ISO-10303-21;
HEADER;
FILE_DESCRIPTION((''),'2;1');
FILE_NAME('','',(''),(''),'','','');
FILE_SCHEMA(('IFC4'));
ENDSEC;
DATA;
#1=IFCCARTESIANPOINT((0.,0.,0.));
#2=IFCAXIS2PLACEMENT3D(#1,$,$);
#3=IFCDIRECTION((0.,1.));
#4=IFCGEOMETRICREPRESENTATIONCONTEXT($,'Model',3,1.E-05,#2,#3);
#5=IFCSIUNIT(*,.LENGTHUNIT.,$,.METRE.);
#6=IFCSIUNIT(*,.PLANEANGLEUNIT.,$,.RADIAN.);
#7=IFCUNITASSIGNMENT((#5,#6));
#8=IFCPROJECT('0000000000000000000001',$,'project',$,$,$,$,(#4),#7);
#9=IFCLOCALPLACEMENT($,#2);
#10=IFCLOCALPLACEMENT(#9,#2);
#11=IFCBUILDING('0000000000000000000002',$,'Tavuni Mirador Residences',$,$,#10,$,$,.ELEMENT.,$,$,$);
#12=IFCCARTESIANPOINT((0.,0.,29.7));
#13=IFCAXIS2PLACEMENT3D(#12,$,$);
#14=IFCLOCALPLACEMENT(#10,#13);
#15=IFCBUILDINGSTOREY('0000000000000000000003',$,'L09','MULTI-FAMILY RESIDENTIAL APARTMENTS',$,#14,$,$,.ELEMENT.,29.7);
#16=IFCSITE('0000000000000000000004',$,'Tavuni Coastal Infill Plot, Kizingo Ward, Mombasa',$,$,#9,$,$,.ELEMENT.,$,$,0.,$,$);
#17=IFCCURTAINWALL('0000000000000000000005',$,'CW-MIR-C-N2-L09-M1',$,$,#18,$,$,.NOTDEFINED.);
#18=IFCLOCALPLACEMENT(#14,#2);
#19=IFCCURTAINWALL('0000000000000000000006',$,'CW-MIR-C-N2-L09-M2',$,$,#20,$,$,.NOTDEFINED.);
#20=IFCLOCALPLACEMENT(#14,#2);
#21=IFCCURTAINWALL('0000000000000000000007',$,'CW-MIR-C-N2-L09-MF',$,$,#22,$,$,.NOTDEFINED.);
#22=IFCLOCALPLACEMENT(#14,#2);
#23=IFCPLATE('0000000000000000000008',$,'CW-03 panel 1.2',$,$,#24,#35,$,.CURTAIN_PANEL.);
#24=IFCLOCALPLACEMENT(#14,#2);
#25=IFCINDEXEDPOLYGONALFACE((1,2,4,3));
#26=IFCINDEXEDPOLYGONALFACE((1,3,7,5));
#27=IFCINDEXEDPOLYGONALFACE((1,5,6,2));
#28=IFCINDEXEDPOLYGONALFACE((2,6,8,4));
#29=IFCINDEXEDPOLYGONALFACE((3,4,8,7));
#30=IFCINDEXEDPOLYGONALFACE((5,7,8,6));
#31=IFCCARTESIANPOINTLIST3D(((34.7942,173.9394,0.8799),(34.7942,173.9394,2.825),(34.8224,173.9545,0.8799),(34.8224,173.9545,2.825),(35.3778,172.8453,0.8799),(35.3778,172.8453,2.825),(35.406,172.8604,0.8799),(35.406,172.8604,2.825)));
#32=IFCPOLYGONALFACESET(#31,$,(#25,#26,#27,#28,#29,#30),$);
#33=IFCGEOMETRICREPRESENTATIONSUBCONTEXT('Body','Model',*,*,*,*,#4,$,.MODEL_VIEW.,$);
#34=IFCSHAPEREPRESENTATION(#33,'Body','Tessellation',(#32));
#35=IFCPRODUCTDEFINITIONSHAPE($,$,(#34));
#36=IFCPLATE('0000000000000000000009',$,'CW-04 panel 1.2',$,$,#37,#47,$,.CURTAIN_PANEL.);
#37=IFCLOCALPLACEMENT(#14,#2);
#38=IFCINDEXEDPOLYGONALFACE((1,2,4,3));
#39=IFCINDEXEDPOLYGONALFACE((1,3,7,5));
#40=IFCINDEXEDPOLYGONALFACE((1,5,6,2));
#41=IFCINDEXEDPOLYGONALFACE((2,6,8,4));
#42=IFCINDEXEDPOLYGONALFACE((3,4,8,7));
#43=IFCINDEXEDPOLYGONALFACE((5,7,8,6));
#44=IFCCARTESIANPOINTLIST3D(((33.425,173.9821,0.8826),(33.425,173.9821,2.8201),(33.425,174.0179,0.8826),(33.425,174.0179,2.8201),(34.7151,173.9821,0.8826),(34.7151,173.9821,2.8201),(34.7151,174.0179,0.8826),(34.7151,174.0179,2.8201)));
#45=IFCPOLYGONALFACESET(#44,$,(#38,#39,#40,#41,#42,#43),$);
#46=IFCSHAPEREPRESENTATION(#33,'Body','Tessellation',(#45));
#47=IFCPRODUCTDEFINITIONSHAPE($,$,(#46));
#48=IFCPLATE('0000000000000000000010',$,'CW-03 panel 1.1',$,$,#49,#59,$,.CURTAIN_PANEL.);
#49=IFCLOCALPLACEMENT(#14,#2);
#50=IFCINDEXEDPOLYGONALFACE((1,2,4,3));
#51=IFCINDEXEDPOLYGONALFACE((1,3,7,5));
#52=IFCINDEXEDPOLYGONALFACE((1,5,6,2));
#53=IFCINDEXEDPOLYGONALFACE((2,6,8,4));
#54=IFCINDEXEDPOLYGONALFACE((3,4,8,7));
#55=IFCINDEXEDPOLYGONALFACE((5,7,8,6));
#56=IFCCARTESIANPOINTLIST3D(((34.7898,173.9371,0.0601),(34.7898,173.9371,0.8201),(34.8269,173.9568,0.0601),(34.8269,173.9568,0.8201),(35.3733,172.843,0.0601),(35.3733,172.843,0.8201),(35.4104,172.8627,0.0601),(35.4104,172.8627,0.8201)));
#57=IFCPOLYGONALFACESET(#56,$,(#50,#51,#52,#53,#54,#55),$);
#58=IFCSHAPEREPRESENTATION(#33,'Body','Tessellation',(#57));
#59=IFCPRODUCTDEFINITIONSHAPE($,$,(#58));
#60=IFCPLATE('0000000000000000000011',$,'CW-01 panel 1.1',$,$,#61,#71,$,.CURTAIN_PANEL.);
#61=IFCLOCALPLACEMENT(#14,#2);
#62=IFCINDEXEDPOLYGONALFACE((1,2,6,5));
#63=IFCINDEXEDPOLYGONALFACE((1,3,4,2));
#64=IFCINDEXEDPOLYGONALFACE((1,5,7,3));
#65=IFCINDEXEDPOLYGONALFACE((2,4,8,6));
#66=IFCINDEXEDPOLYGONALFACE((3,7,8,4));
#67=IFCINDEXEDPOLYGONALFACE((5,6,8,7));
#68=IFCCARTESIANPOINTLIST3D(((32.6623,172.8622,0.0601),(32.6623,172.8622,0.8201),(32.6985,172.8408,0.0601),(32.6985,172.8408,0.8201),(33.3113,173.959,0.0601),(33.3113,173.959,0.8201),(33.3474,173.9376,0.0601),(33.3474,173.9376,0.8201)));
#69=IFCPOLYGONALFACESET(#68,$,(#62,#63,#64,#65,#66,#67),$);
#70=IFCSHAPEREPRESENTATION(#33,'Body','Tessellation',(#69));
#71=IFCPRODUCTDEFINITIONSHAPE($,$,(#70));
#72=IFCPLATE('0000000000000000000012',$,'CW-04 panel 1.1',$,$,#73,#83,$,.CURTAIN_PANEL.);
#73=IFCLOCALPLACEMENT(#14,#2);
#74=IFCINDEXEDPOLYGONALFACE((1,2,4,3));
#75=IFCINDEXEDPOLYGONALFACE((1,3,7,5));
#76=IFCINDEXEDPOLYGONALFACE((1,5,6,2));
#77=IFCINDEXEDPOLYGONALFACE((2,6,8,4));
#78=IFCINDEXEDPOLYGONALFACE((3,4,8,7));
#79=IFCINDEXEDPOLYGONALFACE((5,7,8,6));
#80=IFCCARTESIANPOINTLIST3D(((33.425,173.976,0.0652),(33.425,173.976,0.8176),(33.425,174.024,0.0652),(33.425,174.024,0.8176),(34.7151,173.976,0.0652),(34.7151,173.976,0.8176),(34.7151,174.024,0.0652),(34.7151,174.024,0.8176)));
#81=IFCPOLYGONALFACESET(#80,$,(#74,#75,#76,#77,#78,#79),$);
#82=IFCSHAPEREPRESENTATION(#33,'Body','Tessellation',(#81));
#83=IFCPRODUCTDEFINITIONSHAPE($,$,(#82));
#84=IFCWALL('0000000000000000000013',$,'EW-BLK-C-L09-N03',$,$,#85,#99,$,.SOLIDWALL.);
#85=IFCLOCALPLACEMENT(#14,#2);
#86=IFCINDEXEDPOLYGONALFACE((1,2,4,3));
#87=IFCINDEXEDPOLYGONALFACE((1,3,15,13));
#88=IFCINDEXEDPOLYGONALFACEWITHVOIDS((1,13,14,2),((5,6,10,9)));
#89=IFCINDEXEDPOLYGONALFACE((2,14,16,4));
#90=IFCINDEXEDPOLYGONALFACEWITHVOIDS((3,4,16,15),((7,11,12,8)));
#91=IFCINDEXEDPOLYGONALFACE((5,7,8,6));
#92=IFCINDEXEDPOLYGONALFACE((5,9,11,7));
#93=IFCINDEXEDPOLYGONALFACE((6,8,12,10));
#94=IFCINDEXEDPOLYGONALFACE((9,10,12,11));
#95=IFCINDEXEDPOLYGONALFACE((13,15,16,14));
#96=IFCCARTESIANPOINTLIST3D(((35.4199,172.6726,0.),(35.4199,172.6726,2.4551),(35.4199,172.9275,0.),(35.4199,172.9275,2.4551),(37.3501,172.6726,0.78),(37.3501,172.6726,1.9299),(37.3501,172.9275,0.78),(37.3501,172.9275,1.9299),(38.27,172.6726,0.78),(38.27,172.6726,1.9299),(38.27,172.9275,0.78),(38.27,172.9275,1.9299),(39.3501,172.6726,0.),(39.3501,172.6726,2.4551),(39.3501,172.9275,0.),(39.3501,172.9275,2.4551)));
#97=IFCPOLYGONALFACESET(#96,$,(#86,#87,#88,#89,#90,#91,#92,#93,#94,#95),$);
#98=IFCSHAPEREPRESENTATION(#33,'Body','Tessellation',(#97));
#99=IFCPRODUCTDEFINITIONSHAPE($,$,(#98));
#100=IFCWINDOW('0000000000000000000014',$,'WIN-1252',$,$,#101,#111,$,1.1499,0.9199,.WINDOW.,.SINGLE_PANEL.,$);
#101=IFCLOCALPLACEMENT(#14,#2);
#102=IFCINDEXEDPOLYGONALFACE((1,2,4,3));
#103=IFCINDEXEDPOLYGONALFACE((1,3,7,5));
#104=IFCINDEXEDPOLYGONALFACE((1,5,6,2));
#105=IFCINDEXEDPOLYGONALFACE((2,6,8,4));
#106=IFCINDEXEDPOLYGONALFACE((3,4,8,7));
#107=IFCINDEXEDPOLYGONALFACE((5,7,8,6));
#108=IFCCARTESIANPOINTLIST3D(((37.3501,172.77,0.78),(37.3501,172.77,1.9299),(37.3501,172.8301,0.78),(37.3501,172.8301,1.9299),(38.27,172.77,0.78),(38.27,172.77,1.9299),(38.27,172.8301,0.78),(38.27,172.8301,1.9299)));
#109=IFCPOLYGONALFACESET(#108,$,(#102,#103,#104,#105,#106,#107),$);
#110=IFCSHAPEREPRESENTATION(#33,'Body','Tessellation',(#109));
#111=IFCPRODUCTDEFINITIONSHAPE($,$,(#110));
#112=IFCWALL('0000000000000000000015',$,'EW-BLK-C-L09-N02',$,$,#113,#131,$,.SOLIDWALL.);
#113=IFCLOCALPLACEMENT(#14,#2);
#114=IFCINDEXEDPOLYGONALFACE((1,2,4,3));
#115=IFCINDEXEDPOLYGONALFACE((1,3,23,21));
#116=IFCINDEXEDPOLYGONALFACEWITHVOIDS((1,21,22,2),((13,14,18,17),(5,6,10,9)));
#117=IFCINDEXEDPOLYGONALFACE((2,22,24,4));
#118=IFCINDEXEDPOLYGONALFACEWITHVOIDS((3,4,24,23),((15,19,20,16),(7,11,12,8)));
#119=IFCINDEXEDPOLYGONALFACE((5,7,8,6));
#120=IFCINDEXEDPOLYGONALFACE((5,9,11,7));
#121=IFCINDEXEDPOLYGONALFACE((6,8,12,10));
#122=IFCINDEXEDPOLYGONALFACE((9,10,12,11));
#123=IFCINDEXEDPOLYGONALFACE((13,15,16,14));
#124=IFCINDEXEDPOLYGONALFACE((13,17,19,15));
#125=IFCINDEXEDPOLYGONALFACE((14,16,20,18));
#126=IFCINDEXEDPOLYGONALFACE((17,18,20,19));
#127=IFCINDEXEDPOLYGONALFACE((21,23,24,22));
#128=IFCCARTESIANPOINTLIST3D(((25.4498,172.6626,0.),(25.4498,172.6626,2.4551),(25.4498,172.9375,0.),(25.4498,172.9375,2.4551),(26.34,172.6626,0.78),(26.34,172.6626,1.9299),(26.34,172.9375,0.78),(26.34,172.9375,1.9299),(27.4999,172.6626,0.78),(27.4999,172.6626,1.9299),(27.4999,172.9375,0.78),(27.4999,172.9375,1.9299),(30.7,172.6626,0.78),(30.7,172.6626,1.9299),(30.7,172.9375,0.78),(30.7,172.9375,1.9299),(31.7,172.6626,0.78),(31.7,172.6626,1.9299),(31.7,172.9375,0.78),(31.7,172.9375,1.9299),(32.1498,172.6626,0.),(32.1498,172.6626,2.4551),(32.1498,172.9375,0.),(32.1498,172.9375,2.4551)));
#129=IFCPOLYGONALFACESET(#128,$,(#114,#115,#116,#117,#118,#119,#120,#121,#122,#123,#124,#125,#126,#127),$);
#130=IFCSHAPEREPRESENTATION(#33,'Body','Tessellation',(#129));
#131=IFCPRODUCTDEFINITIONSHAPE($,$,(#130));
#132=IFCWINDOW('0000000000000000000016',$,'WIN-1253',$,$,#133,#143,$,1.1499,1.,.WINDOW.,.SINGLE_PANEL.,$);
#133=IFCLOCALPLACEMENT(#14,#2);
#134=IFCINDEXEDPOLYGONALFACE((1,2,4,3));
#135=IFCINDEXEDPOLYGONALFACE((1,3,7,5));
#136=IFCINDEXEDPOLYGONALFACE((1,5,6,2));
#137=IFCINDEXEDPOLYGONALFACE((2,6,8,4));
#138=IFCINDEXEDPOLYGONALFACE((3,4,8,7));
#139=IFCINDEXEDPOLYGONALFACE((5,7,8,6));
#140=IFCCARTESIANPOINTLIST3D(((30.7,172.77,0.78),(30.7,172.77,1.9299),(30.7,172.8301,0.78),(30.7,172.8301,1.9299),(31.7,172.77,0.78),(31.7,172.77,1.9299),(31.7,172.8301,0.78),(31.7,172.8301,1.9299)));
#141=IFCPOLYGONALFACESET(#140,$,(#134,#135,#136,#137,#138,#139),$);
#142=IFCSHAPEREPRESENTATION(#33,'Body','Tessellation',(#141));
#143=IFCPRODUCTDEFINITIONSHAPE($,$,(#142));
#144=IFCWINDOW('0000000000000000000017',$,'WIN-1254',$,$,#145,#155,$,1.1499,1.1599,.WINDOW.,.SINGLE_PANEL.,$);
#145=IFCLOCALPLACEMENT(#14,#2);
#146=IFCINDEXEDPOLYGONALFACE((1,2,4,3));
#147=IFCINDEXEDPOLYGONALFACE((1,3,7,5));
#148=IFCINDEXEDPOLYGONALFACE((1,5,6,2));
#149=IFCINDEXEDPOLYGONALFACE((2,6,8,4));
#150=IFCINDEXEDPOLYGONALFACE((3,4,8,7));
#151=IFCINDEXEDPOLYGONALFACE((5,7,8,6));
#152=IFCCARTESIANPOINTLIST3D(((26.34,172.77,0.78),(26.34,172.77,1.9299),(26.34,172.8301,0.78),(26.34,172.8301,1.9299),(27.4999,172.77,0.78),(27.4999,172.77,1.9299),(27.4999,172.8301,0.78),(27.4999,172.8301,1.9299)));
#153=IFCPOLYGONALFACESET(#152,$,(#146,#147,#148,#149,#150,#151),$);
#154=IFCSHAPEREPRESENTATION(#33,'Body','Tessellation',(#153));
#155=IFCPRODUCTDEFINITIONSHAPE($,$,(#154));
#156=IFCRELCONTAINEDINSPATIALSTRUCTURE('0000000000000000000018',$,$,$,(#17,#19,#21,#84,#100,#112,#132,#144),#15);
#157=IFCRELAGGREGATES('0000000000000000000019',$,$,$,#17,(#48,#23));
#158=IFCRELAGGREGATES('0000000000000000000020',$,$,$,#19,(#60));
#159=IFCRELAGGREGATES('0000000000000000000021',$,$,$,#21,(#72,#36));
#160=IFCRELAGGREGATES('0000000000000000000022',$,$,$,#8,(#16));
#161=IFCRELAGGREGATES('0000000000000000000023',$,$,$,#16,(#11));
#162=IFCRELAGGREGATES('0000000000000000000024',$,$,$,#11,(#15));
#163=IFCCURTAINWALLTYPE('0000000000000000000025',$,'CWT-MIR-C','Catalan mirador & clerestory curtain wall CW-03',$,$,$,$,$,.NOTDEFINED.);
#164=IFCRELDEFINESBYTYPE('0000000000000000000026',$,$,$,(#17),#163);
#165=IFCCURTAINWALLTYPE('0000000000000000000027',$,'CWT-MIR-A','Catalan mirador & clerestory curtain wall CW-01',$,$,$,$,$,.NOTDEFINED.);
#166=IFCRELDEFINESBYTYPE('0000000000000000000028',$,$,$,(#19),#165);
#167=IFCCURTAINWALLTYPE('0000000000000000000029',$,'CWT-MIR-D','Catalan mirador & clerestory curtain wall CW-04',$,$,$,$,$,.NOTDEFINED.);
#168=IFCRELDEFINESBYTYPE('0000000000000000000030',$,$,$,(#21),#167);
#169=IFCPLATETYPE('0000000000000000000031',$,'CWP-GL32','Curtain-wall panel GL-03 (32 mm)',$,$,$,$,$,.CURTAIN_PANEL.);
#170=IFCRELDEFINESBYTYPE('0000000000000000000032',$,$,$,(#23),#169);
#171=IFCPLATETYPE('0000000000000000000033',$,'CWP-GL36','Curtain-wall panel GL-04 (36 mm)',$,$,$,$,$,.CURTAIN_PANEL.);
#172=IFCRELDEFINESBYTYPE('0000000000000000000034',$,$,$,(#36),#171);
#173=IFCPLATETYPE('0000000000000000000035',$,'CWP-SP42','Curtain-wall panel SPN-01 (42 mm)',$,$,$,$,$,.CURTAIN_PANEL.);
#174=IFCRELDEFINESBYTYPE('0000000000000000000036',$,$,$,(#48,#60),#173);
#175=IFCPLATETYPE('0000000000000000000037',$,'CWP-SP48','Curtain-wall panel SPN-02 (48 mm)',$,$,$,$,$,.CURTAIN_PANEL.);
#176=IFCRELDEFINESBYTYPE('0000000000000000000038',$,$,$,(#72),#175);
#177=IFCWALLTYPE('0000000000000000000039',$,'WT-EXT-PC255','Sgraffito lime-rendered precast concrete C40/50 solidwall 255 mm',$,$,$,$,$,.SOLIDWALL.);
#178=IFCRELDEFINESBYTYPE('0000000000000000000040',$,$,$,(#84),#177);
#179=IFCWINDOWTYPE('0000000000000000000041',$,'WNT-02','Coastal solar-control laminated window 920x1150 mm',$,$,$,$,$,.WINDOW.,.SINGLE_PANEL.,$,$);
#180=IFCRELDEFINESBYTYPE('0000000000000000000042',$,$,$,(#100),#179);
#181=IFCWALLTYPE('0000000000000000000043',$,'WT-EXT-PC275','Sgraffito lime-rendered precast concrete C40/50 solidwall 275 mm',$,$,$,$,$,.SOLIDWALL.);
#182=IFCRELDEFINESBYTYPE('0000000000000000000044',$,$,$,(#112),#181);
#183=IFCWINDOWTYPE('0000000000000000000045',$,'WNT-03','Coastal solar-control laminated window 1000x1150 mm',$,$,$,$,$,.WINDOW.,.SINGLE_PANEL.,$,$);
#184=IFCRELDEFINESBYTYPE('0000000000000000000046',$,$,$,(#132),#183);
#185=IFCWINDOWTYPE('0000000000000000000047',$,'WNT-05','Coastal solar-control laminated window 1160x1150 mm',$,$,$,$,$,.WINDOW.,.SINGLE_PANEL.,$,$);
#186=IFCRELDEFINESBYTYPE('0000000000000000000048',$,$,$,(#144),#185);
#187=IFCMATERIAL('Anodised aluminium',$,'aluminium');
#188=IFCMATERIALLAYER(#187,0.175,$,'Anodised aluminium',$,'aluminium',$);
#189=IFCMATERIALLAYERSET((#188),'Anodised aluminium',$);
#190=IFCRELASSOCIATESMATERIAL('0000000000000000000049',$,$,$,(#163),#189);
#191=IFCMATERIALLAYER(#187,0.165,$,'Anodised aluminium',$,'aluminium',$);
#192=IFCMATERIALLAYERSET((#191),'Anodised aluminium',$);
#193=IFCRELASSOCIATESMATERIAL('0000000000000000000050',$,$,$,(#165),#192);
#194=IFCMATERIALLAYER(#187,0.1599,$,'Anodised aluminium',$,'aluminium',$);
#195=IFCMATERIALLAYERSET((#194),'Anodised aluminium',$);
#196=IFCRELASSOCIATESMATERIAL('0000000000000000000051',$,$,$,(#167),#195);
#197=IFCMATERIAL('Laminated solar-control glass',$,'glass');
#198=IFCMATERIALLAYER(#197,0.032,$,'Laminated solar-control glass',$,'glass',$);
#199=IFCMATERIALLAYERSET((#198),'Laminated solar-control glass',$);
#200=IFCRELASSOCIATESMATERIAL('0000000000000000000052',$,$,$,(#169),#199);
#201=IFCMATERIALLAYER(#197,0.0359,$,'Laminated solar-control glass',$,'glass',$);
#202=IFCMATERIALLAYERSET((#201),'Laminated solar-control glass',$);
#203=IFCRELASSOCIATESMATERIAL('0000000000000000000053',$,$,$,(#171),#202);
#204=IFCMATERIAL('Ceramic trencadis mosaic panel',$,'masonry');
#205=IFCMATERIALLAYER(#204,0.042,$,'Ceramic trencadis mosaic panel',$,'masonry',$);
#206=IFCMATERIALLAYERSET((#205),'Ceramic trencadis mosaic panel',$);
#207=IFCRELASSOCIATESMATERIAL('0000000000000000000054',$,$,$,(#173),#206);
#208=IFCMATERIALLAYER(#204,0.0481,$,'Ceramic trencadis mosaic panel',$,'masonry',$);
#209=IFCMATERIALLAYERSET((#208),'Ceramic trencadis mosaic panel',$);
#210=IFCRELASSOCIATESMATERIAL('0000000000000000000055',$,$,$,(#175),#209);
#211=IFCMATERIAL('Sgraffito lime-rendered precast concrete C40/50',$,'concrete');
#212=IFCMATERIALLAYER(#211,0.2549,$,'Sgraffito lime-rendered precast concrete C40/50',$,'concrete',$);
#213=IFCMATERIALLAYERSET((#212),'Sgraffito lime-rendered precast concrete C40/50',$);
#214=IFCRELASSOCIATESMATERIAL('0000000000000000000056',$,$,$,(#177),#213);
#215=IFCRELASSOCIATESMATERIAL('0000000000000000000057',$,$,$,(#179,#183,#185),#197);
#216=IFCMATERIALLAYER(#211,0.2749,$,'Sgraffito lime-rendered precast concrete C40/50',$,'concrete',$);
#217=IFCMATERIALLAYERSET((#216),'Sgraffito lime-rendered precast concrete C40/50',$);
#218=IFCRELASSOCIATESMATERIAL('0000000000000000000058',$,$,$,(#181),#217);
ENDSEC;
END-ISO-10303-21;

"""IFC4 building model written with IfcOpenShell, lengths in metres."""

from ifc_helpers import new_model, si_unit, direction, frame, frame_2d, origin, origin_2d, place, context, subcontext, project, spatial, rectangle, extrude, material, layer, layer_set, type_object, element, fill, aggregate, save


model = new_model("IFC4")

# Units and contexts
model_context = context("Model", 3, precision=1e-05, world=origin(), true_north=direction((0.0, 1.0)))
body_context = subcontext(model_context, "Body", "Model", "MODEL_VIEW")
ifc_project = project(units=[si_unit("LENGTHUNIT", "METRE"), si_unit("PLANEANGLEUNIT", "RADIAN")], contexts=[model_context])

# Site, building, storey
site_placement = place(None, origin())
site = spatial("IfcSite", under=ifc_project, at=site_placement, Name="Tavuni Coastal Infill Plot, Kizingo Ward, Mombasa", CompositionType="ELEMENT", RefElevation=0.0)
building_placement = place(site_placement, origin())
building = spatial("IfcBuilding", under=site, at=building_placement, Name="Tavuni Mirador Residences", CompositionType="ELEMENT")
storey_placement = place(building_placement, frame((0.0, 0.0, 29.7)))
storey = spatial("IfcBuildingStorey", under=building, at=storey_placement, Name="L09", Description="MULTI-FAMILY RESIDENTIAL APARTMENTS", CompositionType="ELEMENT", Elevation=29.7)

# Curtain walls
ifc_material_1 = material(Name="Anodised aluminium", Category="aluminium")
ifc_layer_1 = layer(ifc_material_1, 0.175, Name="Anodised aluminium", Category="aluminium")
ifc_layer_set_1 = layer_set([ifc_layer_1], Name="Anodised aluminium")
curtain_wall_type_1 = type_object("IfcCurtainWallType", Name="CWT-MIR-C", Description="Catalan mirador & clerestory curtain wall CW-03", PredefinedType="NOTDEFINED", material=ifc_layer_set_1)
curtain_wall_1_placement = place(storey_placement, origin())
curtain_wall_1 = element("IfcCurtainWall", 1, at=curtain_wall_1_placement, inside=storey, type_object=curtain_wall_type_1, Name="CW-MIR-C-N2-L09-M1", PredefinedType="NOTDEFINED")
ifc_layer_2 = layer(ifc_material_1, 0.165, Name="Anodised aluminium", Category="aluminium")
ifc_layer_set_2 = layer_set([ifc_layer_2], Name="Anodised aluminium")
curtain_wall_type_2 = type_object("IfcCurtainWallType", Name="CWT-MIR-A", Description="Catalan mirador & clerestory curtain wall CW-01", PredefinedType="NOTDEFINED", material=ifc_layer_set_2)
curtain_wall_2_placement = place(storey_placement, origin())
curtain_wall_2 = element("IfcCurtainWall", 2, at=curtain_wall_2_placement, inside=storey, type_object=curtain_wall_type_2, Name="CW-MIR-C-N2-L09-M2", PredefinedType="NOTDEFINED")
ifc_layer_3 = layer(ifc_material_1, 0.1599, Name="Anodised aluminium", Category="aluminium")
ifc_layer_set_3 = layer_set([ifc_layer_3], Name="Anodised aluminium")
curtain_wall_type_3 = type_object("IfcCurtainWallType", Name="CWT-MIR-D", Description="Catalan mirador & clerestory curtain wall CW-04", PredefinedType="NOTDEFINED", material=ifc_layer_set_3)
curtain_wall_3_placement = place(storey_placement, origin())
curtain_wall_3 = element("IfcCurtainWall", 3, at=curtain_wall_3_placement, inside=storey, type_object=curtain_wall_type_3, Name="CW-MIR-C-N2-L09-MF", PredefinedType="NOTDEFINED")

# Plates
ifc_material_2 = material(Name="Laminated solar-control glass", Category="glass")
ifc_layer_4 = layer(ifc_material_2, 0.032, Name="Laminated solar-control glass", Category="glass")
ifc_layer_set_4 = layer_set([ifc_layer_4], Name="Laminated solar-control glass")
plate_type_1 = type_object("IfcPlateType", Name="CWP-GL32", Description="Curtain-wall panel GL-03 (32 mm)", PredefinedType="CURTAIN_PANEL", material=ifc_layer_set_4)
plate_1_placement = place(storey_placement, frame((35.1001, 173.3999, 0.8799), z_axis=(0.0, 0.0, 1.0), x_axis=(-0.470588, 0.882353, 0.0)))
plate_1 = element("IfcPlate", 4, at=plate_1_placement, type_object=plate_type_1, Name="CW-03 panel 1.2", PredefinedType="CURTAIN_PANEL", context=body_context, shape_type="SweptSolid", body=[
    extrude(rectangle(XDim=1.24, YDim=0.032, at=origin_2d()), origin(), (0.0, 0.0, 1.0), 1.9451),
])
ifc_layer_5 = layer(ifc_material_2, 0.0359, Name="Laminated solar-control glass", Category="glass")
ifc_layer_set_5 = layer_set([ifc_layer_5], Name="Laminated solar-control glass")
plate_type_2 = type_object("IfcPlateType", Name="CWP-GL36", Description="Curtain-wall panel GL-04 (36 mm)", PredefinedType="CURTAIN_PANEL", material=ifc_layer_set_5)
plate_2_placement = place(storey_placement, frame((34.0701, 174.0, 0.8826), z_axis=(0.0, 0.0, 1.0), x_axis=(-1.0, 0.0, 0.0)))
plate_2 = element("IfcPlate", 5, at=plate_2_placement, type_object=plate_type_2, Name="CW-04 panel 1.2", PredefinedType="CURTAIN_PANEL", context=body_context, shape_type="SweptSolid", body=[
    extrude(rectangle(XDim=1.29, YDim=0.0359, at=origin_2d()), origin(), (0.0, 0.0, 1.0), 1.9375),
])
ifc_material_3 = material(Name="Ceramic trencadis mosaic panel", Category="masonry")
ifc_layer_6 = layer(ifc_material_3, 0.042, Name="Ceramic trencadis mosaic panel", Category="masonry")
ifc_layer_set_6 = layer_set([ifc_layer_6], Name="Ceramic trencadis mosaic panel")
plate_type_3 = type_object("IfcPlateType", Name="CWP-SP42", Description="Curtain-wall panel SPN-01 (42 mm)", PredefinedType="CURTAIN_PANEL", material=ifc_layer_set_6)
plate_3_placement = place(storey_placement, frame((35.1001, 173.3999, 0.0601), z_axis=(0.0, 0.0, 1.0), x_axis=(-0.470588, 0.882353, 0.0)))
plate_3 = element("IfcPlate", 6, at=plate_3_placement, type_object=plate_type_3, Name="CW-03 panel 1.1", PredefinedType="CURTAIN_PANEL", context=body_context, shape_type="SweptSolid", body=[
    extrude(rectangle(XDim=1.24, YDim=0.042, at=origin_2d()), origin(), (0.0, 0.0, 1.0), 0.76),
])
aggregate(curtain_wall_1, [plate_3, plate_1])
plate_4_placement = place(storey_placement, frame((33.0049, 173.3999, 0.0601), z_axis=(0.0, 0.0, 1.0), x_axis=(-0.509212, -0.860641, 0.0)))
plate_4 = element("IfcPlate", 7, at=plate_4_placement, type_object=plate_type_3, Name="CW-01 panel 1.1", PredefinedType="CURTAIN_PANEL", context=body_context, shape_type="SweptSolid", body=[
    extrude(rectangle(XDim=1.2744, YDim=0.042, at=origin_2d()), origin(), (0.0, 0.0, 1.0), 0.76),
])
aggregate(curtain_wall_2, [plate_4])
ifc_layer_7 = layer(ifc_material_3, 0.0481, Name="Ceramic trencadis mosaic panel", Category="masonry")
ifc_layer_set_7 = layer_set([ifc_layer_7], Name="Ceramic trencadis mosaic panel")
plate_type_4 = type_object("IfcPlateType", Name="CWP-SP48", Description="Curtain-wall panel SPN-02 (48 mm)", PredefinedType="CURTAIN_PANEL", material=ifc_layer_set_7)
plate_5_placement = place(storey_placement, frame((34.0701, 174.0, 0.0652), z_axis=(0.0, 0.0, 1.0), x_axis=(-1.0, 0.0, 0.0)))
plate_5 = element("IfcPlate", 8, at=plate_5_placement, type_object=plate_type_4, Name="CW-04 panel 1.1", PredefinedType="CURTAIN_PANEL", context=body_context, shape_type="SweptSolid", body=[
    extrude(rectangle(XDim=1.29, YDim=0.0481, at=origin_2d()), origin(), (0.0, 0.0, 1.0), 0.7524),
])
aggregate(curtain_wall_3, [plate_5, plate_2])

# Wall, opening, window
ifc_material_4 = material(Name="Sgraffito lime-rendered precast concrete C40/50", Category="concrete")
ifc_layer_8 = layer(ifc_material_4, 0.2549, Name="Sgraffito lime-rendered precast concrete C40/50", Category="concrete")
ifc_layer_set_8 = layer_set([ifc_layer_8], Name="Sgraffito lime-rendered precast concrete C40/50")
wall_type_1 = type_object("IfcWallType", Name="WT-EXT-PC255", Description="Sgraffito lime-rendered precast concrete C40/50 solidwall 255 mm", PredefinedType="SOLIDWALL", material=ifc_layer_set_8)
wall_1_placement = place(storey_placement, frame((39.3501, 172.8, 0.0), z_axis=(0.0, 0.0, 1.0), x_axis=(-1.0, 0.0, 0.0)))
wall_1 = element("IfcWall", 9, at=wall_1_placement, inside=storey, type_object=wall_type_1, Name="EW-BLK-C-L09-N03", PredefinedType="SOLIDWALL", context=body_context, shape_type="SweptSolid", body=[
    extrude(rectangle(XDim=3.9302, YDim=0.2549, at=frame_2d((1.9651, 0.0))), origin(), (0.0, 0.0, 1.0), 2.4551),
])
opening_1_placement = place(wall_1_placement, frame((1.0801, 0.0, 0.78)))
opening_1 = element("IfcOpeningElement", 10, at=opening_1_placement, cuts=wall_1, PredefinedType="OPENING", context=body_context, shape_type="SweptSolid", body=[
    extrude(rectangle(XDim=0.9199, YDim=1.1499, at=frame_2d((0.46, 0.575))), frame((0.0, 0.1375, 0.0), z_axis=(0.0, -1.0, 0.0), x_axis=(1.0, 0.0, 0.0)), (0.0, 0.0, 1.0), 0.2749),
])
window_type_1 = type_object("IfcWindowType", Name="WNT-02", Description="Coastal solar-control laminated window 920x1150 mm", PartitioningType="SINGLE_PANEL", PredefinedType="WINDOW", material=ifc_material_2)
window_1_placement = place(opening_1_placement, origin())
window_1 = element("IfcWindow", 11, at=window_1_placement, inside=storey, type_object=window_type_1, Name="WIN-1252", OverallHeight=1.1499, OverallWidth=0.9199, PartitioningType="SINGLE_PANEL", PredefinedType="WINDOW", context=body_context, shape_type="SweptSolid", body=[
    extrude(rectangle(XDim=0.9199, YDim=1.1499, at=frame_2d((0.46, 0.575))), frame((0.0, 0.03, 0.0), z_axis=(0.0, -1.0, 0.0), x_axis=(1.0, 0.0, 0.0)), (0.0, 0.0, 1.0), 0.0601),
])
fill(opening_1, window_1)

# Wall, openings, windows
ifc_layer_9 = layer(ifc_material_4, 0.2749, Name="Sgraffito lime-rendered precast concrete C40/50", Category="concrete")
ifc_layer_set_9 = layer_set([ifc_layer_9], Name="Sgraffito lime-rendered precast concrete C40/50")
wall_type_2 = type_object("IfcWallType", Name="WT-EXT-PC275", Description="Sgraffito lime-rendered precast concrete C40/50 solidwall 275 mm", PredefinedType="SOLIDWALL", material=ifc_layer_set_9)
wall_2_placement = place(storey_placement, frame((32.1499, 172.8, 0.0), z_axis=(0.0, 0.0, 1.0), x_axis=(-1.0, 0.0, 0.0)))
wall_2 = element("IfcWall", 12, at=wall_2_placement, inside=storey, type_object=wall_type_2, Name="EW-BLK-C-L09-N02", PredefinedType="SOLIDWALL", context=body_context, shape_type="SweptSolid", body=[
    extrude(rectangle(XDim=6.7, YDim=0.2749, at=frame_2d((3.3501, 0.0))), origin(), (0.0, 0.0, 1.0), 2.4551),
])
opening_2_placement = place(wall_2_placement, frame((0.45, 0.0, 0.78)))
opening_2 = element("IfcOpeningElement", 13, at=opening_2_placement, cuts=wall_2, PredefinedType="OPENING", context=body_context, shape_type="SweptSolid", body=[
    extrude(rectangle(XDim=1.0, YDim=1.1499, at=frame_2d((0.5, 0.575))), frame((0.0, 0.1475, 0.0), z_axis=(0.0, -1.0, 0.0), x_axis=(1.0, 0.0, 0.0)), (0.0, 0.0, 1.0), 0.2949),
])
opening_3_placement = place(wall_2_placement, frame((4.6499, 0.0, 0.78)))
opening_3 = element("IfcOpeningElement", 14, at=opening_3_placement, cuts=wall_2, PredefinedType="OPENING", context=body_context, shape_type="SweptSolid", body=[
    extrude(rectangle(XDim=1.1599, YDim=1.1499, at=frame_2d((0.5801, 0.575))), frame((0.0, 0.1475, 0.0), z_axis=(0.0, -1.0, 0.0), x_axis=(1.0, 0.0, 0.0)), (0.0, 0.0, 1.0), 0.2949),
])
window_type_2 = type_object("IfcWindowType", Name="WNT-03", Description="Coastal solar-control laminated window 1000x1150 mm", PartitioningType="SINGLE_PANEL", PredefinedType="WINDOW", material=ifc_material_2)
window_2_placement = place(opening_2_placement, origin())
window_2 = element("IfcWindow", 15, at=window_2_placement, inside=storey, type_object=window_type_2, Name="WIN-1253", OverallHeight=1.1499, OverallWidth=1.0, PartitioningType="SINGLE_PANEL", PredefinedType="WINDOW", context=body_context, shape_type="SweptSolid", body=[
    extrude(rectangle(XDim=1.0, YDim=1.1499, at=frame_2d((0.5, 0.575))), frame((0.0, 0.03, 0.0), z_axis=(0.0, -1.0, 0.0), x_axis=(1.0, 0.0, 0.0)), (0.0, 0.0, 1.0), 0.0601),
])
fill(opening_2, window_2)
window_type_3 = type_object("IfcWindowType", Name="WNT-05", Description="Coastal solar-control laminated window 1160x1150 mm", PartitioningType="SINGLE_PANEL", PredefinedType="WINDOW", material=ifc_material_2)
window_3_placement = place(opening_3_placement, origin())
window_3 = element("IfcWindow", 16, at=window_3_placement, inside=storey, type_object=window_type_3, Name="WIN-1254", OverallHeight=1.1499, OverallWidth=1.1599, PartitioningType="SINGLE_PANEL", PredefinedType="WINDOW", context=body_context, shape_type="SweptSolid", body=[
    extrude(rectangle(XDim=1.1599, YDim=1.1499, at=frame_2d((0.5801, 0.575))), frame((0.0, 0.03, 0.0), z_axis=(0.0, -1.0, 0.0), x_axis=(1.0, 0.0, 0.0)), (0.0, 0.0, 1.0), 0.0601),
])
fill(opening_3, window_3)

save(model, "model.ifc")
